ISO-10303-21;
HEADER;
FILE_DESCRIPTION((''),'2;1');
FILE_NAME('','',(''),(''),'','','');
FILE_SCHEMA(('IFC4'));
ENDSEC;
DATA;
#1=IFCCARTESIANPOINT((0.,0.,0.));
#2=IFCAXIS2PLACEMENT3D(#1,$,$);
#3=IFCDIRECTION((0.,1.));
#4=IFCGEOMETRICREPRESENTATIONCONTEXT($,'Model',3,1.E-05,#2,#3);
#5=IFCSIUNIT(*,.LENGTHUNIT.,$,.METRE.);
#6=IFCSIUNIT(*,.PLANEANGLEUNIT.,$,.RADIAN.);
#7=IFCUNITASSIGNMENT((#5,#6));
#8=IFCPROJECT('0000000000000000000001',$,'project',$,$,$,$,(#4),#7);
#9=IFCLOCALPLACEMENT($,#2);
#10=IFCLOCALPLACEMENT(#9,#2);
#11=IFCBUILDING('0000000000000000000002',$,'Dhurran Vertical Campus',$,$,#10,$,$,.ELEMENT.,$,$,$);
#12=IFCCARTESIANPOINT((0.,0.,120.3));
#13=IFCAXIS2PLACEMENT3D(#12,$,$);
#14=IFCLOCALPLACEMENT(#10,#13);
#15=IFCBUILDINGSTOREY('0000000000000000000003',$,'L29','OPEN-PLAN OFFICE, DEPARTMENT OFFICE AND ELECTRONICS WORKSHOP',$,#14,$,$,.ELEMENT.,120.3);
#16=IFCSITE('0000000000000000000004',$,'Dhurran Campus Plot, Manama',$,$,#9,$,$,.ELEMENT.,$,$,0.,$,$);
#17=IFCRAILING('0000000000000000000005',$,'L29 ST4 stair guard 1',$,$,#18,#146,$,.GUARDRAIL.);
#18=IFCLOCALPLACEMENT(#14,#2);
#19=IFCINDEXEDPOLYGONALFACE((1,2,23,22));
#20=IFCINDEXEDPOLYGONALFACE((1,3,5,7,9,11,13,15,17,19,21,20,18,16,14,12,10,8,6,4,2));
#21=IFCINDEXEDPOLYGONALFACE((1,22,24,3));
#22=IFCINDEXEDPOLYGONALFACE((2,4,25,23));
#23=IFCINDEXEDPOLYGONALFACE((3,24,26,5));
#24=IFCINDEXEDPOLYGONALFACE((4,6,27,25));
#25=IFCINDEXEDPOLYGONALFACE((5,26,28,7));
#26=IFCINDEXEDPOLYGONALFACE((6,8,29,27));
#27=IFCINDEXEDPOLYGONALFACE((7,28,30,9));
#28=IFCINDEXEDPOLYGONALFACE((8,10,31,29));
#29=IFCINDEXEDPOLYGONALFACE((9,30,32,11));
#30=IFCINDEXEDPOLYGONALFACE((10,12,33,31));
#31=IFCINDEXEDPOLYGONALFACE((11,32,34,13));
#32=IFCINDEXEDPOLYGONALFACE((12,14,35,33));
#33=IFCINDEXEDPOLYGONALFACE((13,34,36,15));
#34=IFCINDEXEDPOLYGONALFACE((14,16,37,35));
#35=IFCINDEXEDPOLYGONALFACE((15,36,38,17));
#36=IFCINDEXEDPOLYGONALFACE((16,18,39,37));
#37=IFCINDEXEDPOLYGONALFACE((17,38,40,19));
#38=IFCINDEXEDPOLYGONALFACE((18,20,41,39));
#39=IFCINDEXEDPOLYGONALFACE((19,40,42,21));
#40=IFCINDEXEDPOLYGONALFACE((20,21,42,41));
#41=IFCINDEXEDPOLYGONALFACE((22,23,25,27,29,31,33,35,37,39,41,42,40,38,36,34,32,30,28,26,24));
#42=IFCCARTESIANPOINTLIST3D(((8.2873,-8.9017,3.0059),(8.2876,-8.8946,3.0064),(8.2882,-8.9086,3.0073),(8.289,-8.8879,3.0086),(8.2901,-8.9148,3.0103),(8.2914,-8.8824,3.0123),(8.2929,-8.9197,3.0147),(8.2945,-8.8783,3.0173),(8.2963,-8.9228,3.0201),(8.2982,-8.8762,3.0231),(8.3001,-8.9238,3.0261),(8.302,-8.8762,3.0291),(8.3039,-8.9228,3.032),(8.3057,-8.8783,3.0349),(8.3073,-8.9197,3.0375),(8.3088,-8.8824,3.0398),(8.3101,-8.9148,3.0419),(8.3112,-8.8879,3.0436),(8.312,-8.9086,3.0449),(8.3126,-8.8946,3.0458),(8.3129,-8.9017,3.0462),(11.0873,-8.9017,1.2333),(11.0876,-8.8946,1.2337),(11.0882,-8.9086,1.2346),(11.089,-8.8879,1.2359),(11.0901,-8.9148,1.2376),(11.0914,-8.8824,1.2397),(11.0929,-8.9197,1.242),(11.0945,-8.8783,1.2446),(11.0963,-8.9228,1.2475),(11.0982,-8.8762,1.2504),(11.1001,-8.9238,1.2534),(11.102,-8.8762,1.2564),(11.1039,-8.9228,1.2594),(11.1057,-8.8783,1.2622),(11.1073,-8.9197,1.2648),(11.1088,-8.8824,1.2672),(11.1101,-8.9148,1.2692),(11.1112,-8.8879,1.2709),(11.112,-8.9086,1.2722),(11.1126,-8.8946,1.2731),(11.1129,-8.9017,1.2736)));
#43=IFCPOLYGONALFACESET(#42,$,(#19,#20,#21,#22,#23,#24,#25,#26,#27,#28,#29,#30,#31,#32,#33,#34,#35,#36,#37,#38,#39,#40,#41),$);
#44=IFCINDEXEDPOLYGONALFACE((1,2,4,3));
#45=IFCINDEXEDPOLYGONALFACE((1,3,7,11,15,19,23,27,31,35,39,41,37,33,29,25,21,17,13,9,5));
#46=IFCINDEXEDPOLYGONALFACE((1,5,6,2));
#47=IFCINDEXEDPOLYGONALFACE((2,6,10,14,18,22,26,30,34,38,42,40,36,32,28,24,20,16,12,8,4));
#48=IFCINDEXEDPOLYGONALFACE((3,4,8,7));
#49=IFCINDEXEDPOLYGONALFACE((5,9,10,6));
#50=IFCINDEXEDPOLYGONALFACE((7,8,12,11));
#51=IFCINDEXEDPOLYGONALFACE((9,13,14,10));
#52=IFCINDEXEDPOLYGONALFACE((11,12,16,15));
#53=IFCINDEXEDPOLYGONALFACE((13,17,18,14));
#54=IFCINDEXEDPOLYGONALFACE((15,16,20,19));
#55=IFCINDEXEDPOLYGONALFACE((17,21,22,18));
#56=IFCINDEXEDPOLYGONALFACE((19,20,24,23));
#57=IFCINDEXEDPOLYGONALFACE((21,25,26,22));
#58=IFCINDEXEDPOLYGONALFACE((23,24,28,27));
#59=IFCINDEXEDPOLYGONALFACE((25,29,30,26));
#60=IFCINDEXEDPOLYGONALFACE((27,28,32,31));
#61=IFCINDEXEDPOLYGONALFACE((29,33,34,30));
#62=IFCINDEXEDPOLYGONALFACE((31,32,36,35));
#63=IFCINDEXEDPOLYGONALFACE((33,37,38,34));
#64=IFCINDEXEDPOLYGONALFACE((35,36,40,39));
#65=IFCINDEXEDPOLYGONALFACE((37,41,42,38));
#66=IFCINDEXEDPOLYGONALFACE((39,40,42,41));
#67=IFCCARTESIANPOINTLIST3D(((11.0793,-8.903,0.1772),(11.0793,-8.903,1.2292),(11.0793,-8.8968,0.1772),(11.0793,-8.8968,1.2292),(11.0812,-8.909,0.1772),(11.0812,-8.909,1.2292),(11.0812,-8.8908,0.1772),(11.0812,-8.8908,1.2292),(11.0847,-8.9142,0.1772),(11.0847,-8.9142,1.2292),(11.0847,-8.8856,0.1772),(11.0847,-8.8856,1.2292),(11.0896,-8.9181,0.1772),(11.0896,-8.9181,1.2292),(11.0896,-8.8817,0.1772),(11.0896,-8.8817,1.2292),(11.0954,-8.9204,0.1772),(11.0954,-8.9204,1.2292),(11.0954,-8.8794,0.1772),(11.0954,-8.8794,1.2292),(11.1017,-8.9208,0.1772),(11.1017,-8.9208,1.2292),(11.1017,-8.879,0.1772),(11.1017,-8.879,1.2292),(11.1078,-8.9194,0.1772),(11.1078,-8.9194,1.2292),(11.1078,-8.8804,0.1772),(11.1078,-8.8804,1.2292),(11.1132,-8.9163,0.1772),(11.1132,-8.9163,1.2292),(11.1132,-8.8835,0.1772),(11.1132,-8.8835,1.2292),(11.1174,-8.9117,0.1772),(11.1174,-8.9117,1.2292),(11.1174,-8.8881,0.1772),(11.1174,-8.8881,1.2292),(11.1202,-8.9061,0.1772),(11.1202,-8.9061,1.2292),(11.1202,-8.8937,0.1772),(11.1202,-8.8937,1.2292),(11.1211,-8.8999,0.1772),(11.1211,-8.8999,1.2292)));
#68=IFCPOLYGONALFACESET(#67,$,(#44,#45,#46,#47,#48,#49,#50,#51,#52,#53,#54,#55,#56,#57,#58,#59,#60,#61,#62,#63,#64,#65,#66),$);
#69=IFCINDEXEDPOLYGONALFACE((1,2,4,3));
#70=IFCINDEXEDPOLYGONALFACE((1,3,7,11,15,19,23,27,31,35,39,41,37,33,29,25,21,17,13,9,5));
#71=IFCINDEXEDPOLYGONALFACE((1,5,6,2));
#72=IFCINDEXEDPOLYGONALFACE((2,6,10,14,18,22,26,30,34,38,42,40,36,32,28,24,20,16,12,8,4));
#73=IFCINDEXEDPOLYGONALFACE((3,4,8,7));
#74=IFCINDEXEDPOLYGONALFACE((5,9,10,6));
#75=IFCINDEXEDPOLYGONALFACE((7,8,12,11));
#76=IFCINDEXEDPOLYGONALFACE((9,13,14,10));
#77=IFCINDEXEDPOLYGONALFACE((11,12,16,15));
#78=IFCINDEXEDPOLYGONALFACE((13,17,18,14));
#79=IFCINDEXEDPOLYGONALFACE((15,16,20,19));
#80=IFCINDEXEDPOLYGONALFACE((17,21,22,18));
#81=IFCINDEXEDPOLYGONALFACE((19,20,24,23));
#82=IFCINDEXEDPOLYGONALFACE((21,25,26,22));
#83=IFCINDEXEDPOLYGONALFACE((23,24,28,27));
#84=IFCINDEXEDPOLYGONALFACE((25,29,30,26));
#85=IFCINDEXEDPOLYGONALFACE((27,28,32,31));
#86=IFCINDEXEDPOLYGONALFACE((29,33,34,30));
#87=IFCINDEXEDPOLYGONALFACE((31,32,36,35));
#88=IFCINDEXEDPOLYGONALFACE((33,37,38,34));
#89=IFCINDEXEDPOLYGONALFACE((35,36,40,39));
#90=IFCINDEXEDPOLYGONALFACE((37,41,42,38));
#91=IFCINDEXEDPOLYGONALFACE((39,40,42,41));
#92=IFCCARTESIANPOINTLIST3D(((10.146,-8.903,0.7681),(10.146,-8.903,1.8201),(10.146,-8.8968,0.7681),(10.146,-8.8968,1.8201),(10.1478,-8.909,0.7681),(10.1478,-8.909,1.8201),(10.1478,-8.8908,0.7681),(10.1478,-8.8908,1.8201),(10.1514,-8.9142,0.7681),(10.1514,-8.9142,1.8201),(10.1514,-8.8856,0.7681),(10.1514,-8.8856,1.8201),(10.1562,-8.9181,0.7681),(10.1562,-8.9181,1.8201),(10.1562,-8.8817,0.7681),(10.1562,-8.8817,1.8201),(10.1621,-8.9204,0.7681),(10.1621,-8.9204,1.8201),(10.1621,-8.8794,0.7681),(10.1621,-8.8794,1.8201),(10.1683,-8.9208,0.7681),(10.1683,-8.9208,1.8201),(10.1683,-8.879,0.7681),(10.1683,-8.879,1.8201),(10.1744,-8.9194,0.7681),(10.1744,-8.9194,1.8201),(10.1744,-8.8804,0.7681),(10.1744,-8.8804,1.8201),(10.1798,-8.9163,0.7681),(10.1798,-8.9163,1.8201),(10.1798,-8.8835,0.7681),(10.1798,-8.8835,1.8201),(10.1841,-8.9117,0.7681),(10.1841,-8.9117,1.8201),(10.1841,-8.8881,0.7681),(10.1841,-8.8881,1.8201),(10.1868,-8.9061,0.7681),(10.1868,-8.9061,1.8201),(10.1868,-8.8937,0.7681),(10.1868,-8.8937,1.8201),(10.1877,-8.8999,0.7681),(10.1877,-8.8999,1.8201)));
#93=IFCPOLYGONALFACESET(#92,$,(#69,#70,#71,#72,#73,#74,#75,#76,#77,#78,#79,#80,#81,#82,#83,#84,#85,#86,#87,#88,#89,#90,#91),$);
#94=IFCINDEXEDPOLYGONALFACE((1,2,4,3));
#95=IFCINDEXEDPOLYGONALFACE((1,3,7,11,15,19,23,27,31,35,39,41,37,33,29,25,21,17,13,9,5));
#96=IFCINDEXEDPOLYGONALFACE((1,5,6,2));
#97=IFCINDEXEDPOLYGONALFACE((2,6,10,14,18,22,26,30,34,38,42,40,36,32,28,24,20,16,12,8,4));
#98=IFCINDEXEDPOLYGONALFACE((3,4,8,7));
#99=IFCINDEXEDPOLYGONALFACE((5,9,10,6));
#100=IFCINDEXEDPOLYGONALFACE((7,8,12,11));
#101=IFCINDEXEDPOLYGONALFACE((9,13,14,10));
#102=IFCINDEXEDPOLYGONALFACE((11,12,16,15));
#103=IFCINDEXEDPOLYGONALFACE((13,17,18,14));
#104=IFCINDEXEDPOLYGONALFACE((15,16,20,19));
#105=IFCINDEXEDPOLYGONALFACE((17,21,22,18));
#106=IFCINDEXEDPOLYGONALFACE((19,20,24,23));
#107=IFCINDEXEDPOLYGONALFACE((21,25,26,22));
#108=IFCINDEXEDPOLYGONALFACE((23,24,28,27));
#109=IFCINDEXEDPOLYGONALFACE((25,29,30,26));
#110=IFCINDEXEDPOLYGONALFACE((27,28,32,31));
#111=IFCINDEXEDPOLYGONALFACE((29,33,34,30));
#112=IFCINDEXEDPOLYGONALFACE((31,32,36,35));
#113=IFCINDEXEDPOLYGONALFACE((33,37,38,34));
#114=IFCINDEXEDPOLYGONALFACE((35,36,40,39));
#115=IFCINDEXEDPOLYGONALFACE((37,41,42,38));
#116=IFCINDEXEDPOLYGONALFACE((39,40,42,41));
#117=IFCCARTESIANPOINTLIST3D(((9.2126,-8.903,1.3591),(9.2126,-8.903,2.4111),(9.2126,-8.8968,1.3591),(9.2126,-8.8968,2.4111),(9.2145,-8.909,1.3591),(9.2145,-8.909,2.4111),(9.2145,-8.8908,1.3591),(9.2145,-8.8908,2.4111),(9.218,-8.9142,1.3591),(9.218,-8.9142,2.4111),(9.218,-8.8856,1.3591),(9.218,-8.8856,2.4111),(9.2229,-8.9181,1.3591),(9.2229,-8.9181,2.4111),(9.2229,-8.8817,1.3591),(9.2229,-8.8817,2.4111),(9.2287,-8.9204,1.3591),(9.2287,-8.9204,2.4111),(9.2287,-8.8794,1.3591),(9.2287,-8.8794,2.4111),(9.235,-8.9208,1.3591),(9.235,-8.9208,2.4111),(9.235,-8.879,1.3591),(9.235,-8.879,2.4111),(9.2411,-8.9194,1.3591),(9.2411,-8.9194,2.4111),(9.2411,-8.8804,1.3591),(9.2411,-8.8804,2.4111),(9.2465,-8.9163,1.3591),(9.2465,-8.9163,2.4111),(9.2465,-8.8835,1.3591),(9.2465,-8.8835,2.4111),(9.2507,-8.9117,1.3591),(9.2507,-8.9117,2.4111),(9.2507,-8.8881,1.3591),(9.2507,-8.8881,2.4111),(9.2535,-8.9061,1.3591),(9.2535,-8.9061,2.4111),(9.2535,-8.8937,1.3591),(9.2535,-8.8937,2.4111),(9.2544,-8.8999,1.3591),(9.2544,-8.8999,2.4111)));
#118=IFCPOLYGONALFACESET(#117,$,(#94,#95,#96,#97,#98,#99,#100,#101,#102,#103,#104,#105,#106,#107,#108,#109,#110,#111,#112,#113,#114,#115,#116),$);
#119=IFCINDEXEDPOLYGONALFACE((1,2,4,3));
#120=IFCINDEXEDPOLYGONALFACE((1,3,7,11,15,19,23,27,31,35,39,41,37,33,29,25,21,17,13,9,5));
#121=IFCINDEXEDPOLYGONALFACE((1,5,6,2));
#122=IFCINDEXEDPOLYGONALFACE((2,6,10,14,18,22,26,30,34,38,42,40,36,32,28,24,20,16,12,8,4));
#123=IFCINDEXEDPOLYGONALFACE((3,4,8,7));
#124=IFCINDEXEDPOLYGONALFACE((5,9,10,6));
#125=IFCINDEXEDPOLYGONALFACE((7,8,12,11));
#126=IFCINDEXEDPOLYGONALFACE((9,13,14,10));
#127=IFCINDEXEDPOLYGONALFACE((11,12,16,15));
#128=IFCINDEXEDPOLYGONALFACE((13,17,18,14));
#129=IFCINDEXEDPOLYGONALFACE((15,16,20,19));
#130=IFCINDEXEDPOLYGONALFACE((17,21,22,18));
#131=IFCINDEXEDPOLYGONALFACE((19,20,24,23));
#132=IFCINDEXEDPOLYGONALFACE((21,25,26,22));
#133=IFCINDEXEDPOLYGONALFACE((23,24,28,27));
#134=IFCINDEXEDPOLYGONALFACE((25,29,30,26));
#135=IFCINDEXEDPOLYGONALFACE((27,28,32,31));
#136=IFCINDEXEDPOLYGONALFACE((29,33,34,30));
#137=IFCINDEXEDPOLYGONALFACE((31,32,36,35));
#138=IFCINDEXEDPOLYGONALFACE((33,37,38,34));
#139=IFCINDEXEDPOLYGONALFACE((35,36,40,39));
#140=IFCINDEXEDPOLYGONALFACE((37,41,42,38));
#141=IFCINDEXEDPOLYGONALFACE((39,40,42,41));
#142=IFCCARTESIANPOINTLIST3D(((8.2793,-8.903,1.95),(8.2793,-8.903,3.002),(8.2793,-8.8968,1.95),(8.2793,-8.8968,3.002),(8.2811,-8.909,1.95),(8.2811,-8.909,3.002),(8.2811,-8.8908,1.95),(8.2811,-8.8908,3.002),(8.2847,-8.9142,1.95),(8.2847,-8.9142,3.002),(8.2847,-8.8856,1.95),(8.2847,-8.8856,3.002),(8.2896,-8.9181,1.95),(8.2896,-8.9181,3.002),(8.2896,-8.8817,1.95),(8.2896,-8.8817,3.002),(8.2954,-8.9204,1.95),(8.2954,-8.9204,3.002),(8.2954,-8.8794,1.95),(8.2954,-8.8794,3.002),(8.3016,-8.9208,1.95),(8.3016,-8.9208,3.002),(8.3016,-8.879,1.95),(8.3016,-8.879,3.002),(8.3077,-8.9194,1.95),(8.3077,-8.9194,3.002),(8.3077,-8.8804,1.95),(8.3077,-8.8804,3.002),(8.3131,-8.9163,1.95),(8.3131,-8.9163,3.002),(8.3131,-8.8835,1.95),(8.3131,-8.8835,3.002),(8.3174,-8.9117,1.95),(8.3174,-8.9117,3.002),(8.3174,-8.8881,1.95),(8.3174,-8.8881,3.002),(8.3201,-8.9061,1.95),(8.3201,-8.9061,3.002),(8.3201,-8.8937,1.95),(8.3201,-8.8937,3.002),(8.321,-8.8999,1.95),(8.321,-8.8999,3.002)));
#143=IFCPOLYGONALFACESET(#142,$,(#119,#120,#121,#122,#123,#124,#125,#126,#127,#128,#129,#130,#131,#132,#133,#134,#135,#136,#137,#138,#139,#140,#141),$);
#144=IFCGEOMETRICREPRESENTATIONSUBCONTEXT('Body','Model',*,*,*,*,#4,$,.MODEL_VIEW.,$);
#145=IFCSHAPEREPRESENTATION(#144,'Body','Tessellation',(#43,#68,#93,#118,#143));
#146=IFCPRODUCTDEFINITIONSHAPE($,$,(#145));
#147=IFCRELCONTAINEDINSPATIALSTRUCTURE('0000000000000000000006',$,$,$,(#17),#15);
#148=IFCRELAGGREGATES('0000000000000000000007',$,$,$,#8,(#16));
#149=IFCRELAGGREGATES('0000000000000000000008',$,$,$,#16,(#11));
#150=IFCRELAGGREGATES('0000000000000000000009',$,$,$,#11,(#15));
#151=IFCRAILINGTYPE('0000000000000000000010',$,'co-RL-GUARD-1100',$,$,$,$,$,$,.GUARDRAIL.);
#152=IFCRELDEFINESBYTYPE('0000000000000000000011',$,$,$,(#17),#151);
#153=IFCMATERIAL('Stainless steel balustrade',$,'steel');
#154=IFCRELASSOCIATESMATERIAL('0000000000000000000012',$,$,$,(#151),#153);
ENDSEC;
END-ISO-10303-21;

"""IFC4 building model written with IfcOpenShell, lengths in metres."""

from ifc_helpers import new_model, si_unit, direction, frame, origin, origin_2d, place, context, subcontext, project, spatial, circle, extrude, material, type_object, element, save


model = new_model("IFC4")

# Units and contexts
model_context = context("Model", 3, precision=1e-05, world=origin(), true_north=direction((0.0, 1.0)))
body_context = subcontext(model_context, "Body", "Model", "MODEL_VIEW")
ifc_project = project(units=[si_unit("LENGTHUNIT", "METRE"), si_unit("PLANEANGLEUNIT", "RADIAN")], contexts=[model_context])

# Site, building, storey
site_placement = place(None, origin())
site = spatial("IfcSite", under=ifc_project, at=site_placement, Name="Dhurran Campus Plot, Manama", CompositionType="ELEMENT", RefElevation=0.0)
building_placement = place(site_placement, origin())
building = spatial("IfcBuilding", under=site, at=building_placement, Name="Dhurran Vertical Campus", CompositionType="ELEMENT")
storey_placement = place(building_placement, frame((0.0, 0.0, 120.3)))
storey = spatial("IfcBuildingStorey", under=building, at=storey_placement, Name="L29", Description="OPEN-PLAN OFFICE, DEPARTMENT OFFICE AND ELECTRONICS WORKSHOP", CompositionType="ELEMENT", Elevation=120.3)

# Railing
ifc_material_1 = material(Name="Stainless steel balustrade", Category="steel")
railing_type_1 = type_object("IfcRailingType", Name="co-RL-GUARD-1100", PredefinedType="GUARDRAIL", material=ifc_material_1)
railing_1_placement = place(storey_placement, frame((11.1001, -8.8999, 0.1772)))
element("IfcRailing", 1, at=railing_1_placement, inside=storey, type_object=railing_type_1, Name="L29 ST4 stair guard 1", PredefinedType="GUARDRAIL", context=body_context, shape_type="SweptSolid", body=[
    extrude(circle(Radius=0.0239, at=origin_2d()), frame((0.0, 0.0, 1.0762), z_axis=(-0.844909, 0.0, 0.53491), x_axis=(0.0, -1.0, 0.0)), (0.0, 0.0, 1.0), 3.314),
    extrude(circle(Radius=0.021, at=origin_2d()), origin(), (0.0, 0.0, 1.0), 1.052),
    extrude(circle(Radius=0.021, at=origin_2d()), frame((-0.9333, 0.0, 0.5908)), (0.0, 0.0, 1.0), 1.052),
    extrude(circle(Radius=0.021, at=origin_2d()), frame((-1.8667, 0.0, 1.1819)), (0.0, 0.0, 1.0), 1.052),
    extrude(circle(Radius=0.021, at=origin_2d()), frame((-2.8, 0.0, 1.7727)), (0.0, 0.0, 1.0), 1.052),
])

save(model, "model.ifc")
